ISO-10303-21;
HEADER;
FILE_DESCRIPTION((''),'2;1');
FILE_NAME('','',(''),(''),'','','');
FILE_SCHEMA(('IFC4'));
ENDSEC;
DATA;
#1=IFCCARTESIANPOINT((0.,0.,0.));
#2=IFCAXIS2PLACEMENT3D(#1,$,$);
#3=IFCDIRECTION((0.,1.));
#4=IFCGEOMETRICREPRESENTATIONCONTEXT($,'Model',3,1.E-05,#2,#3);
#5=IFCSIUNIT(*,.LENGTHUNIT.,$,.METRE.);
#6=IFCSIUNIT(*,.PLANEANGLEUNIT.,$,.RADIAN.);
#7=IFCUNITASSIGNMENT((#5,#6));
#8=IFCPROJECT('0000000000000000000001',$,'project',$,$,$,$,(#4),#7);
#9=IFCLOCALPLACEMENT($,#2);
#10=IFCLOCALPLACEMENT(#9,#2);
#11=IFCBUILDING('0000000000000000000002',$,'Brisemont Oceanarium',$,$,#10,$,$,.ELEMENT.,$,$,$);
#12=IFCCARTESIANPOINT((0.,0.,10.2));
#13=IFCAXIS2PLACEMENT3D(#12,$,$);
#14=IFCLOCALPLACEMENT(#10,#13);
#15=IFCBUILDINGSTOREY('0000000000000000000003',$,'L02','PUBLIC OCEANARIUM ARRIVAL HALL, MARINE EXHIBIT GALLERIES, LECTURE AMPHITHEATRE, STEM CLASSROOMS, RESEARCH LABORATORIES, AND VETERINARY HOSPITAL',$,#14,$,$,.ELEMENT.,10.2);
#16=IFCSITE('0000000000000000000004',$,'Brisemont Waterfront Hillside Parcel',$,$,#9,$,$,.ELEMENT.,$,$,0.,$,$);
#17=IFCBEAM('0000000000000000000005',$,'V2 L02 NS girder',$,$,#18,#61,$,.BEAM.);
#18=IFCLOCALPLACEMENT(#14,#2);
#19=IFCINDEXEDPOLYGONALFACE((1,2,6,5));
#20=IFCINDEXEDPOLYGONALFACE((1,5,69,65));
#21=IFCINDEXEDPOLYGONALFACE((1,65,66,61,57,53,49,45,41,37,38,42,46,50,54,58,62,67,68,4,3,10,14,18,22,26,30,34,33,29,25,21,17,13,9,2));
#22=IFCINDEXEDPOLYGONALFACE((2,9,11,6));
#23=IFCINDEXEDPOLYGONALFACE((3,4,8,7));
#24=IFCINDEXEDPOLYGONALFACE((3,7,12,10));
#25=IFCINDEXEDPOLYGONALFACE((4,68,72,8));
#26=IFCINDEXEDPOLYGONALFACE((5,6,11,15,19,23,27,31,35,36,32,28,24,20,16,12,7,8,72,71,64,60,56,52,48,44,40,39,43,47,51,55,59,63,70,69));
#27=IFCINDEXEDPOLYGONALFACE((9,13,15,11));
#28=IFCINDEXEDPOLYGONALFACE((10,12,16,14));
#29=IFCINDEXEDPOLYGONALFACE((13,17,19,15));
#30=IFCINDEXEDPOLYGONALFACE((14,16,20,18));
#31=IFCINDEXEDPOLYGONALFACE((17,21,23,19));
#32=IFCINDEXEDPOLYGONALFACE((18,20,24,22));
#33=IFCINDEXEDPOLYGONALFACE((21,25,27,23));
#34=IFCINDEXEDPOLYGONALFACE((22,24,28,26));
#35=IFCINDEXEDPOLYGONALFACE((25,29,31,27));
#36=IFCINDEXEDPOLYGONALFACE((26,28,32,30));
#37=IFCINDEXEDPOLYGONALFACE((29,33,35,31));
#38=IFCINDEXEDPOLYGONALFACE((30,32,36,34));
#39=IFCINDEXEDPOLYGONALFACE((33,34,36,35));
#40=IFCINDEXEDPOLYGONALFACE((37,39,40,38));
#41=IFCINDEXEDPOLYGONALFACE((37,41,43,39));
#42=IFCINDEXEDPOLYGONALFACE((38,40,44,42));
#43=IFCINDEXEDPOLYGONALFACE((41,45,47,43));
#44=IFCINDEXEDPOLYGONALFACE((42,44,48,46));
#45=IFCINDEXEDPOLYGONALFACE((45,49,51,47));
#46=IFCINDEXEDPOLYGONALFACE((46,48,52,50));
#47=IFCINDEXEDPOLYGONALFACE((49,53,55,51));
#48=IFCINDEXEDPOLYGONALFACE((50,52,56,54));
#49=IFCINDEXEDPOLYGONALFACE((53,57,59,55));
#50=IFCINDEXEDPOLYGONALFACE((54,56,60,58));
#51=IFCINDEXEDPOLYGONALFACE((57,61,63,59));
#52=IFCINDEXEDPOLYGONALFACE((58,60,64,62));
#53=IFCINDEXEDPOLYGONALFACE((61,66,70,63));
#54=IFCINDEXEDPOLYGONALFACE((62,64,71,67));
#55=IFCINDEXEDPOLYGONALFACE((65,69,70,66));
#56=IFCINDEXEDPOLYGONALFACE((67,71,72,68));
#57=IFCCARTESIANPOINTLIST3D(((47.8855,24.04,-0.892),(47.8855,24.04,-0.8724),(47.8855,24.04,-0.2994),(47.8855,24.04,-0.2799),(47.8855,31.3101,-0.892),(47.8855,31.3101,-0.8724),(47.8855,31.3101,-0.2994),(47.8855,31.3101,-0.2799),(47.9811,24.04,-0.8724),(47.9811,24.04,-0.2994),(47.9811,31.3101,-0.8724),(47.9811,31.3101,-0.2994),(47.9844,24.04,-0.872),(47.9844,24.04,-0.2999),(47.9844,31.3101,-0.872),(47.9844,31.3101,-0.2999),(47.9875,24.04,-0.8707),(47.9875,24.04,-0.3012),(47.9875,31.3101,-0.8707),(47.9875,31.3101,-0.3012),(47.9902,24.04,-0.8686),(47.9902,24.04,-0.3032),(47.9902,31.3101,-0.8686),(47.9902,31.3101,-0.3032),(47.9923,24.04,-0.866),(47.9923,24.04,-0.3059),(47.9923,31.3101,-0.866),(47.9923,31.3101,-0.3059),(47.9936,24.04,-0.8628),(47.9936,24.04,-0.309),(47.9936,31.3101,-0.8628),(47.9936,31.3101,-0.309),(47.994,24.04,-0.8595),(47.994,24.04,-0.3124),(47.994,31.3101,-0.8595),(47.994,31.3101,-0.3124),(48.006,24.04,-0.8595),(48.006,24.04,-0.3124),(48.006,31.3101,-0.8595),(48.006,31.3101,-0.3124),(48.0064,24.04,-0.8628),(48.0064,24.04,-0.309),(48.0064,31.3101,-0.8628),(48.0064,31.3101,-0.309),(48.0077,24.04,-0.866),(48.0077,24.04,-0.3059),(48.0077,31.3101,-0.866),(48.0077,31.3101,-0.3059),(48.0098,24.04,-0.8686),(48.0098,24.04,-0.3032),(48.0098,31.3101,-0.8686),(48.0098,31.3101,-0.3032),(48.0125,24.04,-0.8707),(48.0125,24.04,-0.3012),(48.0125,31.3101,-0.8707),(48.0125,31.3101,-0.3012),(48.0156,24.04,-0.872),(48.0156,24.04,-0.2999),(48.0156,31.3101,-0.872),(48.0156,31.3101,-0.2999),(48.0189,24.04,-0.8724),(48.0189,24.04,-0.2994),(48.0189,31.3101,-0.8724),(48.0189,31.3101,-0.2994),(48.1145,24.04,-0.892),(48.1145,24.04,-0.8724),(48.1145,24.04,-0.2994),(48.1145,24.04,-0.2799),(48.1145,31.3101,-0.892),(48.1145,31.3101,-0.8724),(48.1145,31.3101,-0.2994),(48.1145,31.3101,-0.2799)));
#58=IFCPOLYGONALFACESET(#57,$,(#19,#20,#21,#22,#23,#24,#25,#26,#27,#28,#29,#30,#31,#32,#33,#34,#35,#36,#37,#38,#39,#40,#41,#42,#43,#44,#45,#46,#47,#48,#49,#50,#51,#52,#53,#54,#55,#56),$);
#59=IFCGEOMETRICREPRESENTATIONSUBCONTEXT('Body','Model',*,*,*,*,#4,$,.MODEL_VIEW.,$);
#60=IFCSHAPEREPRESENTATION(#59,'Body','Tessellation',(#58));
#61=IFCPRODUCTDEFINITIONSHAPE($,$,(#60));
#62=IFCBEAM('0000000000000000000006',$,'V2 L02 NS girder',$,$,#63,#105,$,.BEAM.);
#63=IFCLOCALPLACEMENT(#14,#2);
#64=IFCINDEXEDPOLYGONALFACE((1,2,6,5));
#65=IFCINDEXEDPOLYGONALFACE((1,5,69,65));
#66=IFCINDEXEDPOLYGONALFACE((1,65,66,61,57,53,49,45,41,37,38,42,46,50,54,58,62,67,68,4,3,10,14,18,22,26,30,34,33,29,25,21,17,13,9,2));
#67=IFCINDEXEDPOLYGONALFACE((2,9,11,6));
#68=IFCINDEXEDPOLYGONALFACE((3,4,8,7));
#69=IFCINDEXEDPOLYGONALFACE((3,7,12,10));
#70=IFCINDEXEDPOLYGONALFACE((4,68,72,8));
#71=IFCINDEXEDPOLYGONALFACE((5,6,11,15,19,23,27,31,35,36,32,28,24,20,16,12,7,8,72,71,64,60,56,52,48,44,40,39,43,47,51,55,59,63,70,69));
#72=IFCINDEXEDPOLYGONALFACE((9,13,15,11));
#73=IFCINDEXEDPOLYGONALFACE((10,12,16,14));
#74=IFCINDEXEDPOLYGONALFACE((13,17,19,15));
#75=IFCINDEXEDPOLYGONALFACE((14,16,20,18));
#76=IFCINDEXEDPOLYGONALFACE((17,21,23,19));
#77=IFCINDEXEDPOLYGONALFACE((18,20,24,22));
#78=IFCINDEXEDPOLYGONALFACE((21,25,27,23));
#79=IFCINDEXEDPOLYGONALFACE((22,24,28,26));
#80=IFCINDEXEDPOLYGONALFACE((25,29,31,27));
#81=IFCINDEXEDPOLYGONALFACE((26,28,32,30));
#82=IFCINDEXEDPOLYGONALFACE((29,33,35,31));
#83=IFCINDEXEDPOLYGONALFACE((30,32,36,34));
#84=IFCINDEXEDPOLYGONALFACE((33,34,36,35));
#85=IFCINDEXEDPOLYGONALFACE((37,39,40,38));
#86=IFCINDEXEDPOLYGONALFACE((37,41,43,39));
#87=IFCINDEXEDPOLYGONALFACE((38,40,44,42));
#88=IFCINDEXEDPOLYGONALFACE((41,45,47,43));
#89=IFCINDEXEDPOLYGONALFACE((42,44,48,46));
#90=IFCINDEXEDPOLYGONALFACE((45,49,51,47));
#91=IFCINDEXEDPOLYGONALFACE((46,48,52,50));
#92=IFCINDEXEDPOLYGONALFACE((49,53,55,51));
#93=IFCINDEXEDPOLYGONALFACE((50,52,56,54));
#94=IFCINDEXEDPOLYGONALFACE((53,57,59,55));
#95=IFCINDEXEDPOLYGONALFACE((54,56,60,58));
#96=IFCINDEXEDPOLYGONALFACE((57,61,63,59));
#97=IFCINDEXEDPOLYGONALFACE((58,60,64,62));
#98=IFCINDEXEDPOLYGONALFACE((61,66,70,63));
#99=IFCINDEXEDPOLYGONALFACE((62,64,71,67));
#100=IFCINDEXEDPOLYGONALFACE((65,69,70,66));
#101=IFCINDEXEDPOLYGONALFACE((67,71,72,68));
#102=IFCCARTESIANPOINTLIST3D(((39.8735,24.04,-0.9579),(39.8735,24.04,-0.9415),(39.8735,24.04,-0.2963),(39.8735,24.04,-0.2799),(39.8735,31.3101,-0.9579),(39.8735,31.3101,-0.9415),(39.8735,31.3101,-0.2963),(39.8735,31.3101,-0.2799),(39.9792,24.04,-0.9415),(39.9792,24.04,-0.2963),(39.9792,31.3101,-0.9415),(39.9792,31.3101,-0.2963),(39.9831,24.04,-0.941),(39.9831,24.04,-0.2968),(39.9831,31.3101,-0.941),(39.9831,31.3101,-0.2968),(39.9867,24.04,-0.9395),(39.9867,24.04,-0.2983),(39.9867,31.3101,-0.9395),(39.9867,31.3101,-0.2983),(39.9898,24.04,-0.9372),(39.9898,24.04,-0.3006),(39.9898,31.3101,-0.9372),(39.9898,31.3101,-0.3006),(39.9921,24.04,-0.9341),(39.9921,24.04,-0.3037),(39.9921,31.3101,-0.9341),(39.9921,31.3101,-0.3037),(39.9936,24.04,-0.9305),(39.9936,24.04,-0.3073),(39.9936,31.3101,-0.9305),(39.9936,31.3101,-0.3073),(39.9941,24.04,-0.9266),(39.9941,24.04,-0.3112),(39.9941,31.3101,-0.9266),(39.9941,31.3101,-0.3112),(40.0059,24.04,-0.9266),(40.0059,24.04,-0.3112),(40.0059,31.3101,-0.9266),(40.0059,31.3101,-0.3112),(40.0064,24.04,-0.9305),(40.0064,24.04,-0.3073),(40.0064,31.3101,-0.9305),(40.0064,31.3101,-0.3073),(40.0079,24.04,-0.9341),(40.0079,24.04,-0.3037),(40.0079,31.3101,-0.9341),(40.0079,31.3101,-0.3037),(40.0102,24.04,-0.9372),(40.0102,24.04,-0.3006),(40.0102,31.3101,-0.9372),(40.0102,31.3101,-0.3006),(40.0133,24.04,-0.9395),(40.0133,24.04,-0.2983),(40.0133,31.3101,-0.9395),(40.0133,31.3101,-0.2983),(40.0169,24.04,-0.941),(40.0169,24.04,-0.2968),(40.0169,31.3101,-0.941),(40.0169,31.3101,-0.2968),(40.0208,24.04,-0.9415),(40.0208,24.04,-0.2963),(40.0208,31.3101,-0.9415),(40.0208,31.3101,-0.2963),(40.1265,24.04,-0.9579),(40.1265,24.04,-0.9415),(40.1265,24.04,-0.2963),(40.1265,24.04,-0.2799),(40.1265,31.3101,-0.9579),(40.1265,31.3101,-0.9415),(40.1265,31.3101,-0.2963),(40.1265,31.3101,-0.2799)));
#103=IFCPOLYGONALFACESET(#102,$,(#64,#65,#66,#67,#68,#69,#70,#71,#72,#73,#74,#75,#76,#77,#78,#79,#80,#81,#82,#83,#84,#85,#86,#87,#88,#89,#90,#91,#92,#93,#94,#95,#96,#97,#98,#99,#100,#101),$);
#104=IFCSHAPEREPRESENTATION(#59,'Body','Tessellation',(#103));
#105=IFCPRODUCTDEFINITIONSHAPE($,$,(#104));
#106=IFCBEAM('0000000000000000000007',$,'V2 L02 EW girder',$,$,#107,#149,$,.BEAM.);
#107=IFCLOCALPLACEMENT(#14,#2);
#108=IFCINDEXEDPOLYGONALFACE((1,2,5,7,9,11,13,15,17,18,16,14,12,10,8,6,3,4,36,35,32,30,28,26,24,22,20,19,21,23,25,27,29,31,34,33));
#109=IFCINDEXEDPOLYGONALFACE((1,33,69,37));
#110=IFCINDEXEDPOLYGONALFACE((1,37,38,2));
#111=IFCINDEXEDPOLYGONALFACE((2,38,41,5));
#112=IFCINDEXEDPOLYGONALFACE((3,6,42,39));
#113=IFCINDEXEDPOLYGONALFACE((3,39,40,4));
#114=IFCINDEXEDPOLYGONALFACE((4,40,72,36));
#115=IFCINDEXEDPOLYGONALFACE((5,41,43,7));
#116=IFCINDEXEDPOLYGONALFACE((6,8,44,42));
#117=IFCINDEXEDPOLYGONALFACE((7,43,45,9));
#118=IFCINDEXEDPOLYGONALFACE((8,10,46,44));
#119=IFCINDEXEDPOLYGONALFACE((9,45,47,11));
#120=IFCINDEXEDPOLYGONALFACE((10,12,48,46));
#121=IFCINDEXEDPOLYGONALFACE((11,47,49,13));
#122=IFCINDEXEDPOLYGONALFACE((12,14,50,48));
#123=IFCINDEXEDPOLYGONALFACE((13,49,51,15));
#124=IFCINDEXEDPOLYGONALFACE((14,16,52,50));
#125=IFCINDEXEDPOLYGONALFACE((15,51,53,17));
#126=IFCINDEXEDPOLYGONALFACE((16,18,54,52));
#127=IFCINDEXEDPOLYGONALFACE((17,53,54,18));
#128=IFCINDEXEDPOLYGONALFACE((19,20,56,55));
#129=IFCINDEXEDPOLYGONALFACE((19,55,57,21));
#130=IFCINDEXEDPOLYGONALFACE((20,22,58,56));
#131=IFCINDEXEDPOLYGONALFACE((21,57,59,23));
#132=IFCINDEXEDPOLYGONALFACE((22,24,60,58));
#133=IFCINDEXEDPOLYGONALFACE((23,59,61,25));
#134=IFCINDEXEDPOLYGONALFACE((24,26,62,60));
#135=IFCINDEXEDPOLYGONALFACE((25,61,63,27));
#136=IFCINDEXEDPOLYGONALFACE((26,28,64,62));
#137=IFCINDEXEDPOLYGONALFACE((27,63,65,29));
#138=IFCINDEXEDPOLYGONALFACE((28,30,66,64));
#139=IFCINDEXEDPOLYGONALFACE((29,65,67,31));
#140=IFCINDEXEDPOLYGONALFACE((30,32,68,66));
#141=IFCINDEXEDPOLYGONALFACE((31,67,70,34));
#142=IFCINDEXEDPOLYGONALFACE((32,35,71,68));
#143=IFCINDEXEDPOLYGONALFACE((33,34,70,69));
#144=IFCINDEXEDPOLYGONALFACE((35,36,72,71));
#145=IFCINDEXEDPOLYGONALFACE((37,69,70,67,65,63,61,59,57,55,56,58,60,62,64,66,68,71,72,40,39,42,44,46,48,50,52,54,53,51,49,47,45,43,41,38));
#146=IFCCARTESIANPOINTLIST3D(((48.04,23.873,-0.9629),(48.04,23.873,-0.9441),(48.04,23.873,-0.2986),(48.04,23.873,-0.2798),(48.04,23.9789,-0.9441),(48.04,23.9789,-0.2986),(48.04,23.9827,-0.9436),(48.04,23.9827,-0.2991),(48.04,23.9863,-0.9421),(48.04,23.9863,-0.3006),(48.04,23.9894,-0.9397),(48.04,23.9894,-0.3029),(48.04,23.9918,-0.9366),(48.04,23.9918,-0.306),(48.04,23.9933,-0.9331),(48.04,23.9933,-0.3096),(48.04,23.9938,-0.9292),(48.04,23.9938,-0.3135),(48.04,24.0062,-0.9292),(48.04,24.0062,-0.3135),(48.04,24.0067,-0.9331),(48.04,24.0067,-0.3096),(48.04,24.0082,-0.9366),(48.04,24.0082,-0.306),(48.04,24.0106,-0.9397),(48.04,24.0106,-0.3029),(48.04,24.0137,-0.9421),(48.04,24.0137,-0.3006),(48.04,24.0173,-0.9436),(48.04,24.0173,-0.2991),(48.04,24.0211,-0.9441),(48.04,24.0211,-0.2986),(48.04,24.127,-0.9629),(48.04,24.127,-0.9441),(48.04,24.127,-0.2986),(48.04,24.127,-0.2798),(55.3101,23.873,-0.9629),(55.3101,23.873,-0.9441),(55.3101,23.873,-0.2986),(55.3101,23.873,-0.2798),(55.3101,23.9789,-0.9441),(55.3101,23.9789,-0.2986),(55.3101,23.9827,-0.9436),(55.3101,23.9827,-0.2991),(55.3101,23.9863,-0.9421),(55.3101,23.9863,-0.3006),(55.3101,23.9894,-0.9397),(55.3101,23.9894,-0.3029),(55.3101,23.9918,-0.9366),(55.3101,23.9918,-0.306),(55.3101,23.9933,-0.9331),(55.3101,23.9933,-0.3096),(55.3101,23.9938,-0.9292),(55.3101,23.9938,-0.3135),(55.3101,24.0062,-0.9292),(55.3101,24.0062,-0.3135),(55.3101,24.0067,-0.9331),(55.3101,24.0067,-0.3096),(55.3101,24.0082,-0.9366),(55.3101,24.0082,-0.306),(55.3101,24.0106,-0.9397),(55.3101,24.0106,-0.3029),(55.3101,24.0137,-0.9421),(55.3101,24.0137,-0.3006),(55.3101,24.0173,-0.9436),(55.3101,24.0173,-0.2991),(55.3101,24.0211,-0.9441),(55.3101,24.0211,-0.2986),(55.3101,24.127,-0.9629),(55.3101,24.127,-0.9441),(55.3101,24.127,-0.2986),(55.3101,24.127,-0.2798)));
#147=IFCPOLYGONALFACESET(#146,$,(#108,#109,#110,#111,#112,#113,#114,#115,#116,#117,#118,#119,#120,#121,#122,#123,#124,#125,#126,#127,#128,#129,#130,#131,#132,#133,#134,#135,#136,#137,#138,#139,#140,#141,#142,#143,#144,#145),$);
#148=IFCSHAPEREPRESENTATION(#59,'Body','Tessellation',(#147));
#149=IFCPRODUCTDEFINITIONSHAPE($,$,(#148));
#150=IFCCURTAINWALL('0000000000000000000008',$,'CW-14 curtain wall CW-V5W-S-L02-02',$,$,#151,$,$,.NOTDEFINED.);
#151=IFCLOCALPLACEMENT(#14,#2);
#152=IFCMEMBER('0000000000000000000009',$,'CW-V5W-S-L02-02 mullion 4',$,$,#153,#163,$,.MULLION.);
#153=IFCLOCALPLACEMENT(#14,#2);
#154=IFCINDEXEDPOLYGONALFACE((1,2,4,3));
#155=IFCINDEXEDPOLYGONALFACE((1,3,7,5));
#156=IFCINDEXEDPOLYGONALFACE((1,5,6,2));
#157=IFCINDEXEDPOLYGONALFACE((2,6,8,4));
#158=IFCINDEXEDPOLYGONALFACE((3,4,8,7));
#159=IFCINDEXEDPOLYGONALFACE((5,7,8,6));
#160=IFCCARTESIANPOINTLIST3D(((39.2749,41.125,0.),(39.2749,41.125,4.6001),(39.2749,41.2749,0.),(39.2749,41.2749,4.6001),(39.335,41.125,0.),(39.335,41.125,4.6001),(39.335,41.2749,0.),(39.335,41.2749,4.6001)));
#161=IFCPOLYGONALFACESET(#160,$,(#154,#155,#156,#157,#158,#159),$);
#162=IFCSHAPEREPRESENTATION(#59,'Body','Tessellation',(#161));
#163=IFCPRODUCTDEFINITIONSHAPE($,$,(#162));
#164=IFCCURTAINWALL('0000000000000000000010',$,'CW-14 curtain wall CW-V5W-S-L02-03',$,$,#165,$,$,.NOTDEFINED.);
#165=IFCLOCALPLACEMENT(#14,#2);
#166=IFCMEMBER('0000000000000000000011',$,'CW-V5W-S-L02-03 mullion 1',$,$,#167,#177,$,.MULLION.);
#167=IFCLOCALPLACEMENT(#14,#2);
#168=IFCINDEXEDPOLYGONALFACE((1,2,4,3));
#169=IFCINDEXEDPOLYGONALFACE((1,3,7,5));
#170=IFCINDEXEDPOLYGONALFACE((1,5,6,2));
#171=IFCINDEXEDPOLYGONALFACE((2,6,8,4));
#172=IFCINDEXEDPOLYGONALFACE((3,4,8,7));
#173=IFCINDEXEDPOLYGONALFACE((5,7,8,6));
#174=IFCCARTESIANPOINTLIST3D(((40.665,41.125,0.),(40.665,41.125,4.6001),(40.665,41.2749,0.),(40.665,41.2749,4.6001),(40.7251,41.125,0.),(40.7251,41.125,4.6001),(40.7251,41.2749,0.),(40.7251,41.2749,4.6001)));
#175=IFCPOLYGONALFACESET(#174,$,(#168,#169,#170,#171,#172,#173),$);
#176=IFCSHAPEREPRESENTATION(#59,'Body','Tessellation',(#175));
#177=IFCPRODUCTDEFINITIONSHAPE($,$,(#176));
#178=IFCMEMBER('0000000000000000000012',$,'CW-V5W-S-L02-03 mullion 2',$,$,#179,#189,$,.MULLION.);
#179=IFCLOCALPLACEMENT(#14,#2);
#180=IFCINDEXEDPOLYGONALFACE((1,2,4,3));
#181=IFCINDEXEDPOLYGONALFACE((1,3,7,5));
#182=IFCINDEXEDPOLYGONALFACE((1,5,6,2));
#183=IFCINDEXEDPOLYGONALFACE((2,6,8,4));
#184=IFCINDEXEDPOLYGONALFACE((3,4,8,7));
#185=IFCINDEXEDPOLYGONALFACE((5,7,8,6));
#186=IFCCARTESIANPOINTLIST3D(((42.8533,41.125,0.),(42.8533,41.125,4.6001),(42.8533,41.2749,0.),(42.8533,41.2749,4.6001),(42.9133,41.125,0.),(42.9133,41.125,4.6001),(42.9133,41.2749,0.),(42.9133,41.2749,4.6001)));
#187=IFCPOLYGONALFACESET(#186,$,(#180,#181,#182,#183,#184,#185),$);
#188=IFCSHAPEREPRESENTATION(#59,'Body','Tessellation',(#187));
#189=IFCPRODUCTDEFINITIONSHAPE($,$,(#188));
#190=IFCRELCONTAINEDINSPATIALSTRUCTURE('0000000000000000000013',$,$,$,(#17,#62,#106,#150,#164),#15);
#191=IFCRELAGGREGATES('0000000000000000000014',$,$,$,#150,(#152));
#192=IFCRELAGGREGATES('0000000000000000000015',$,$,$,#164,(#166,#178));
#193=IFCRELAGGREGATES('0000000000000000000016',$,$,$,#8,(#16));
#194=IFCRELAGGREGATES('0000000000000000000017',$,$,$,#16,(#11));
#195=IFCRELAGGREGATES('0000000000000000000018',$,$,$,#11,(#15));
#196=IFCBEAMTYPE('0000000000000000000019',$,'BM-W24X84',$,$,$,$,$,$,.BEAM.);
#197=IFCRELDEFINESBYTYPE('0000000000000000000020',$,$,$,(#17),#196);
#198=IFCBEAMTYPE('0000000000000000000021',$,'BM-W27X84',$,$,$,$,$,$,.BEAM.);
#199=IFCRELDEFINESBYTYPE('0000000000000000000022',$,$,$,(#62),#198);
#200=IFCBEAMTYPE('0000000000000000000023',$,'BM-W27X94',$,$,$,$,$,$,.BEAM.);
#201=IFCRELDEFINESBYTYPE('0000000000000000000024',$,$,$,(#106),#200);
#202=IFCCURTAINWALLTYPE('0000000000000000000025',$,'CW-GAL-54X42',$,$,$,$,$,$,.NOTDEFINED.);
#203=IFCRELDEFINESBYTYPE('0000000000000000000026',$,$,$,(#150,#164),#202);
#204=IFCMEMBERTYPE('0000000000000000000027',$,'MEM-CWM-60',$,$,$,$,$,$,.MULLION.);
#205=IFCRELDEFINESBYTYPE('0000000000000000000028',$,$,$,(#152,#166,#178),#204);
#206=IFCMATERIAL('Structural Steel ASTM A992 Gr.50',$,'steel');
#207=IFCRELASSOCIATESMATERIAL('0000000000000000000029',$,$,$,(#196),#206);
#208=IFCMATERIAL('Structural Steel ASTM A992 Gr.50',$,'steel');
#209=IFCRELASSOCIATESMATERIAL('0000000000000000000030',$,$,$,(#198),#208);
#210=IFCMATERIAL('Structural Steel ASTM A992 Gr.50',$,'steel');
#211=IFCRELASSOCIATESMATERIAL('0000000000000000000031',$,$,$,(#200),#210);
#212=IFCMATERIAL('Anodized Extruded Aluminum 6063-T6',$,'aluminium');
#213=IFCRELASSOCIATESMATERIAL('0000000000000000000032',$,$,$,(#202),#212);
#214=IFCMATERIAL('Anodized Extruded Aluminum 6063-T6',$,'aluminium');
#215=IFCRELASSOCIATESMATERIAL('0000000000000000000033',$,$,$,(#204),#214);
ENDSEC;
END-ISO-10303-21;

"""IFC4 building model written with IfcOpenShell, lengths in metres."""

from ifc_helpers import new_model, si_unit, direction, frame, origin, origin_2d, place, context, subcontext, project, spatial, rectangle, i_section, extrude, material, material_profile, profile_set, type_object, element, aggregate, save


model = new_model("IFC4")

# Units and contexts
model_context = context("Model", 3, precision=1e-05, world=origin(), true_north=direction((0.0, 1.0)))
body_context = subcontext(model_context, "Body", "Model", "MODEL_VIEW")
ifc_project = project(units=[si_unit("LENGTHUNIT", "METRE"), si_unit("PLANEANGLEUNIT", "RADIAN")], contexts=[model_context])

# Site, building, storey
site_placement = place(None, origin())
site = spatial("IfcSite", under=ifc_project, at=site_placement, Name="Brisemont Waterfront Hillside Parcel", CompositionType="ELEMENT", RefElevation=0.0)
building_placement = place(site_placement, origin())
building = spatial("IfcBuilding", under=site, at=building_placement, Name="Brisemont Oceanarium", CompositionType="ELEMENT")
storey_placement = place(building_placement, frame((0.0, 0.0, 10.2)))
storey = spatial("IfcBuildingStorey", under=building, at=storey_placement, Name="L02", Description="PUBLIC OCEANARIUM ARRIVAL HALL, MARINE EXHIBIT GALLERIES, LECTURE AMPHITHEATRE, STEM CLASSROOMS, RESEARCH LABORATORIES, AND VETERINARY HOSPITAL", CompositionType="ELEMENT", Elevation=10.2)

# Beams
ifc_material_1 = material(Name="Structural Steel ASTM A992 Gr.50", Category="steel")
ifc_material_profile_1 = material_profile(ifc_material_1, i_section(OverallWidth=0.229, OverallDepth=0.6121, WebThickness=0.012, FlangeThickness=0.0195, FilletRadius=0.0129, at=origin_2d()), Name="W24X84")
ifc_profile_set_1 = profile_set([ifc_material_profile_1], Name="Structural Steel ASTM A992 Gr.50")
beam_type_1 = type_object("IfcBeamType", Name="BM-W24X84", PredefinedType="BEAM", material=ifc_profile_set_1)
beam_1_placement = place(storey_placement, frame((48.0, 24.04, -0.5859), z_axis=(0.0, 1.0, 0.0), x_axis=(-1.0, 0.0, 0.0)))
element("IfcBeam", 1, at=beam_1_placement, inside=storey, type_object=beam_type_1, Name="V2 L02 NS girder", PredefinedType="BEAM", context=body_context, shape_type="SweptSolid", body=[
    extrude(i_section(OverallWidth=0.229, OverallDepth=0.6121, WebThickness=0.012, FlangeThickness=0.0195, FilletRadius=0.0129, at=origin_2d()), origin(), (0.0, 0.0, 1.0), 7.27),
])
ifc_material_2 = material(Name="Structural Steel ASTM A992 Gr.50", Category="steel")
ifc_material_profile_2 = material_profile(ifc_material_2, i_section(OverallWidth=0.2529, OverallDepth=0.678, WebThickness=0.0117, FlangeThickness=0.0164, FilletRadius=0.0149, at=origin_2d()), Name="W27X84")
ifc_profile_set_2 = profile_set([ifc_material_profile_2], Name="Structural Steel ASTM A992 Gr.50")
beam_type_2 = type_object("IfcBeamType", Name="BM-W27X84", PredefinedType="BEAM", material=ifc_profile_set_2)
beam_2_placement = place(storey_placement, frame((40.0, 24.04, -0.6189), z_axis=(0.0, 1.0, 0.0), x_axis=(-1.0, 0.0, 0.0)))
element("IfcBeam", 2, at=beam_2_placement, inside=storey, type_object=beam_type_2, Name="V2 L02 NS girder", PredefinedType="BEAM", context=body_context, shape_type="SweptSolid", body=[
    extrude(i_section(OverallWidth=0.2529, OverallDepth=0.678, WebThickness=0.0117, FlangeThickness=0.0164, FilletRadius=0.0149, at=origin_2d()), origin(), (0.0, 0.0, 1.0), 7.27),
])
ifc_material_3 = material(Name="Structural Steel ASTM A992 Gr.50", Category="steel")
ifc_material_profile_3 = material_profile(ifc_material_3, i_section(OverallWidth=0.2539, OverallDepth=0.6831, WebThickness=0.0125, FlangeThickness=0.0188, FilletRadius=0.0149, at=origin_2d()), Name="W27X94")
ifc_profile_set_3 = profile_set([ifc_material_profile_3], Name="Structural Steel ASTM A992 Gr.50")
beam_type_3 = type_object("IfcBeamType", Name="BM-W27X94", PredefinedType="BEAM", material=ifc_profile_set_3)
beam_3_placement = place(storey_placement, frame((48.04, 24.0, -0.6213), z_axis=(1.0, 0.0, 0.0), x_axis=(0.0, 1.0, 0.0)))
element("IfcBeam", 3, at=beam_3_placement, inside=storey, type_object=beam_type_3, Name="V2 L02 EW girder", PredefinedType="BEAM", context=body_context, shape_type="SweptSolid", body=[
    extrude(i_section(OverallWidth=0.2539, OverallDepth=0.6831, WebThickness=0.0125, FlangeThickness=0.0188, FilletRadius=0.0149, at=origin_2d()), origin(), (0.0, 0.0, 1.0), 7.27),
])

# Curtain wall, member
ifc_material_4 = material(Name="Anodized Extruded Aluminum 6063-T6", Category="aluminium")
curtain_wall_type = type_object("IfcCurtainWallType", Name="CW-GAL-54X42", PredefinedType="NOTDEFINED", material=ifc_material_4)
curtain_wall_1_placement = place(storey_placement, origin())
curtain_wall_1 = element("IfcCurtainWall", 4, at=curtain_wall_1_placement, inside=storey, type_object=curtain_wall_type, Name="CW-14 curtain wall CW-V5W-S-L02-02", PredefinedType="NOTDEFINED")
ifc_material_5 = material(Name="Anodized Extruded Aluminum 6063-T6", Category="aluminium")
ifc_material_profile_4 = material_profile(ifc_material_5, rectangle(XDim=0.0601, YDim=0.1499, at=origin_2d()), Name="CWM-60X150")
ifc_profile_set_4 = profile_set([ifc_material_profile_4], Name="Anodized Extruded Aluminum 6063-T6")
member_type_1 = type_object("IfcMemberType", Name="MEM-CWM-60", PredefinedType="MULLION", material=ifc_profile_set_4)
member_1_placement = place(storey_placement, frame((39.3049, 41.2, 0.0), z_axis=(0.0, 0.0, 1.0), x_axis=(1.0, 0.0, 0.0)))
member_1 = element("IfcMember", 5, at=member_1_placement, type_object=member_type_1, Name="CW-V5W-S-L02-02 mullion 4", PredefinedType="MULLION", context=body_context, shape_type="SweptSolid", body=[
    extrude(rectangle(XDim=0.0601, YDim=0.1499, at=origin_2d()), origin(), (0.0, 0.0, 1.0), 4.6001),
])

# Curtain wall, members
curtain_wall_2_placement = place(storey_placement, origin())
curtain_wall_2 = element("IfcCurtainWall", 6, at=curtain_wall_2_placement, inside=storey, type_object=curtain_wall_type, Name="CW-14 curtain wall CW-V5W-S-L02-03", PredefinedType="NOTDEFINED")
member_2_placement = place(storey_placement, frame((40.6951, 41.2, 0.0), z_axis=(0.0, 0.0, 1.0), x_axis=(1.0, 0.0, 0.0)))
member_2 = element("IfcMember", 7, at=member_2_placement, type_object=member_type_1, Name="CW-V5W-S-L02-03 mullion 1", PredefinedType="MULLION", context=body_context, shape_type="SweptSolid", body=[
    extrude(rectangle(XDim=0.0601, YDim=0.1499, at=origin_2d()), origin(), (0.0, 0.0, 1.0), 4.6001),
])
member_3_placement = place(storey_placement, frame((42.8833, 41.2, 0.0), z_axis=(0.0, 0.0, 1.0), x_axis=(1.0, 0.0, 0.0)))
member_3 = element("IfcMember", 8, at=member_3_placement, type_object=member_type_1, Name="CW-V5W-S-L02-03 mullion 2", PredefinedType="MULLION", context=body_context, shape_type="SweptSolid", body=[
    extrude(rectangle(XDim=0.0601, YDim=0.1499, at=origin_2d()), origin(), (0.0, 0.0, 1.0), 4.6001),
])

aggregate(curtain_wall_1, [member_1])
aggregate(curtain_wall_2, [member_2, member_3])

save(model, "model.ifc")
